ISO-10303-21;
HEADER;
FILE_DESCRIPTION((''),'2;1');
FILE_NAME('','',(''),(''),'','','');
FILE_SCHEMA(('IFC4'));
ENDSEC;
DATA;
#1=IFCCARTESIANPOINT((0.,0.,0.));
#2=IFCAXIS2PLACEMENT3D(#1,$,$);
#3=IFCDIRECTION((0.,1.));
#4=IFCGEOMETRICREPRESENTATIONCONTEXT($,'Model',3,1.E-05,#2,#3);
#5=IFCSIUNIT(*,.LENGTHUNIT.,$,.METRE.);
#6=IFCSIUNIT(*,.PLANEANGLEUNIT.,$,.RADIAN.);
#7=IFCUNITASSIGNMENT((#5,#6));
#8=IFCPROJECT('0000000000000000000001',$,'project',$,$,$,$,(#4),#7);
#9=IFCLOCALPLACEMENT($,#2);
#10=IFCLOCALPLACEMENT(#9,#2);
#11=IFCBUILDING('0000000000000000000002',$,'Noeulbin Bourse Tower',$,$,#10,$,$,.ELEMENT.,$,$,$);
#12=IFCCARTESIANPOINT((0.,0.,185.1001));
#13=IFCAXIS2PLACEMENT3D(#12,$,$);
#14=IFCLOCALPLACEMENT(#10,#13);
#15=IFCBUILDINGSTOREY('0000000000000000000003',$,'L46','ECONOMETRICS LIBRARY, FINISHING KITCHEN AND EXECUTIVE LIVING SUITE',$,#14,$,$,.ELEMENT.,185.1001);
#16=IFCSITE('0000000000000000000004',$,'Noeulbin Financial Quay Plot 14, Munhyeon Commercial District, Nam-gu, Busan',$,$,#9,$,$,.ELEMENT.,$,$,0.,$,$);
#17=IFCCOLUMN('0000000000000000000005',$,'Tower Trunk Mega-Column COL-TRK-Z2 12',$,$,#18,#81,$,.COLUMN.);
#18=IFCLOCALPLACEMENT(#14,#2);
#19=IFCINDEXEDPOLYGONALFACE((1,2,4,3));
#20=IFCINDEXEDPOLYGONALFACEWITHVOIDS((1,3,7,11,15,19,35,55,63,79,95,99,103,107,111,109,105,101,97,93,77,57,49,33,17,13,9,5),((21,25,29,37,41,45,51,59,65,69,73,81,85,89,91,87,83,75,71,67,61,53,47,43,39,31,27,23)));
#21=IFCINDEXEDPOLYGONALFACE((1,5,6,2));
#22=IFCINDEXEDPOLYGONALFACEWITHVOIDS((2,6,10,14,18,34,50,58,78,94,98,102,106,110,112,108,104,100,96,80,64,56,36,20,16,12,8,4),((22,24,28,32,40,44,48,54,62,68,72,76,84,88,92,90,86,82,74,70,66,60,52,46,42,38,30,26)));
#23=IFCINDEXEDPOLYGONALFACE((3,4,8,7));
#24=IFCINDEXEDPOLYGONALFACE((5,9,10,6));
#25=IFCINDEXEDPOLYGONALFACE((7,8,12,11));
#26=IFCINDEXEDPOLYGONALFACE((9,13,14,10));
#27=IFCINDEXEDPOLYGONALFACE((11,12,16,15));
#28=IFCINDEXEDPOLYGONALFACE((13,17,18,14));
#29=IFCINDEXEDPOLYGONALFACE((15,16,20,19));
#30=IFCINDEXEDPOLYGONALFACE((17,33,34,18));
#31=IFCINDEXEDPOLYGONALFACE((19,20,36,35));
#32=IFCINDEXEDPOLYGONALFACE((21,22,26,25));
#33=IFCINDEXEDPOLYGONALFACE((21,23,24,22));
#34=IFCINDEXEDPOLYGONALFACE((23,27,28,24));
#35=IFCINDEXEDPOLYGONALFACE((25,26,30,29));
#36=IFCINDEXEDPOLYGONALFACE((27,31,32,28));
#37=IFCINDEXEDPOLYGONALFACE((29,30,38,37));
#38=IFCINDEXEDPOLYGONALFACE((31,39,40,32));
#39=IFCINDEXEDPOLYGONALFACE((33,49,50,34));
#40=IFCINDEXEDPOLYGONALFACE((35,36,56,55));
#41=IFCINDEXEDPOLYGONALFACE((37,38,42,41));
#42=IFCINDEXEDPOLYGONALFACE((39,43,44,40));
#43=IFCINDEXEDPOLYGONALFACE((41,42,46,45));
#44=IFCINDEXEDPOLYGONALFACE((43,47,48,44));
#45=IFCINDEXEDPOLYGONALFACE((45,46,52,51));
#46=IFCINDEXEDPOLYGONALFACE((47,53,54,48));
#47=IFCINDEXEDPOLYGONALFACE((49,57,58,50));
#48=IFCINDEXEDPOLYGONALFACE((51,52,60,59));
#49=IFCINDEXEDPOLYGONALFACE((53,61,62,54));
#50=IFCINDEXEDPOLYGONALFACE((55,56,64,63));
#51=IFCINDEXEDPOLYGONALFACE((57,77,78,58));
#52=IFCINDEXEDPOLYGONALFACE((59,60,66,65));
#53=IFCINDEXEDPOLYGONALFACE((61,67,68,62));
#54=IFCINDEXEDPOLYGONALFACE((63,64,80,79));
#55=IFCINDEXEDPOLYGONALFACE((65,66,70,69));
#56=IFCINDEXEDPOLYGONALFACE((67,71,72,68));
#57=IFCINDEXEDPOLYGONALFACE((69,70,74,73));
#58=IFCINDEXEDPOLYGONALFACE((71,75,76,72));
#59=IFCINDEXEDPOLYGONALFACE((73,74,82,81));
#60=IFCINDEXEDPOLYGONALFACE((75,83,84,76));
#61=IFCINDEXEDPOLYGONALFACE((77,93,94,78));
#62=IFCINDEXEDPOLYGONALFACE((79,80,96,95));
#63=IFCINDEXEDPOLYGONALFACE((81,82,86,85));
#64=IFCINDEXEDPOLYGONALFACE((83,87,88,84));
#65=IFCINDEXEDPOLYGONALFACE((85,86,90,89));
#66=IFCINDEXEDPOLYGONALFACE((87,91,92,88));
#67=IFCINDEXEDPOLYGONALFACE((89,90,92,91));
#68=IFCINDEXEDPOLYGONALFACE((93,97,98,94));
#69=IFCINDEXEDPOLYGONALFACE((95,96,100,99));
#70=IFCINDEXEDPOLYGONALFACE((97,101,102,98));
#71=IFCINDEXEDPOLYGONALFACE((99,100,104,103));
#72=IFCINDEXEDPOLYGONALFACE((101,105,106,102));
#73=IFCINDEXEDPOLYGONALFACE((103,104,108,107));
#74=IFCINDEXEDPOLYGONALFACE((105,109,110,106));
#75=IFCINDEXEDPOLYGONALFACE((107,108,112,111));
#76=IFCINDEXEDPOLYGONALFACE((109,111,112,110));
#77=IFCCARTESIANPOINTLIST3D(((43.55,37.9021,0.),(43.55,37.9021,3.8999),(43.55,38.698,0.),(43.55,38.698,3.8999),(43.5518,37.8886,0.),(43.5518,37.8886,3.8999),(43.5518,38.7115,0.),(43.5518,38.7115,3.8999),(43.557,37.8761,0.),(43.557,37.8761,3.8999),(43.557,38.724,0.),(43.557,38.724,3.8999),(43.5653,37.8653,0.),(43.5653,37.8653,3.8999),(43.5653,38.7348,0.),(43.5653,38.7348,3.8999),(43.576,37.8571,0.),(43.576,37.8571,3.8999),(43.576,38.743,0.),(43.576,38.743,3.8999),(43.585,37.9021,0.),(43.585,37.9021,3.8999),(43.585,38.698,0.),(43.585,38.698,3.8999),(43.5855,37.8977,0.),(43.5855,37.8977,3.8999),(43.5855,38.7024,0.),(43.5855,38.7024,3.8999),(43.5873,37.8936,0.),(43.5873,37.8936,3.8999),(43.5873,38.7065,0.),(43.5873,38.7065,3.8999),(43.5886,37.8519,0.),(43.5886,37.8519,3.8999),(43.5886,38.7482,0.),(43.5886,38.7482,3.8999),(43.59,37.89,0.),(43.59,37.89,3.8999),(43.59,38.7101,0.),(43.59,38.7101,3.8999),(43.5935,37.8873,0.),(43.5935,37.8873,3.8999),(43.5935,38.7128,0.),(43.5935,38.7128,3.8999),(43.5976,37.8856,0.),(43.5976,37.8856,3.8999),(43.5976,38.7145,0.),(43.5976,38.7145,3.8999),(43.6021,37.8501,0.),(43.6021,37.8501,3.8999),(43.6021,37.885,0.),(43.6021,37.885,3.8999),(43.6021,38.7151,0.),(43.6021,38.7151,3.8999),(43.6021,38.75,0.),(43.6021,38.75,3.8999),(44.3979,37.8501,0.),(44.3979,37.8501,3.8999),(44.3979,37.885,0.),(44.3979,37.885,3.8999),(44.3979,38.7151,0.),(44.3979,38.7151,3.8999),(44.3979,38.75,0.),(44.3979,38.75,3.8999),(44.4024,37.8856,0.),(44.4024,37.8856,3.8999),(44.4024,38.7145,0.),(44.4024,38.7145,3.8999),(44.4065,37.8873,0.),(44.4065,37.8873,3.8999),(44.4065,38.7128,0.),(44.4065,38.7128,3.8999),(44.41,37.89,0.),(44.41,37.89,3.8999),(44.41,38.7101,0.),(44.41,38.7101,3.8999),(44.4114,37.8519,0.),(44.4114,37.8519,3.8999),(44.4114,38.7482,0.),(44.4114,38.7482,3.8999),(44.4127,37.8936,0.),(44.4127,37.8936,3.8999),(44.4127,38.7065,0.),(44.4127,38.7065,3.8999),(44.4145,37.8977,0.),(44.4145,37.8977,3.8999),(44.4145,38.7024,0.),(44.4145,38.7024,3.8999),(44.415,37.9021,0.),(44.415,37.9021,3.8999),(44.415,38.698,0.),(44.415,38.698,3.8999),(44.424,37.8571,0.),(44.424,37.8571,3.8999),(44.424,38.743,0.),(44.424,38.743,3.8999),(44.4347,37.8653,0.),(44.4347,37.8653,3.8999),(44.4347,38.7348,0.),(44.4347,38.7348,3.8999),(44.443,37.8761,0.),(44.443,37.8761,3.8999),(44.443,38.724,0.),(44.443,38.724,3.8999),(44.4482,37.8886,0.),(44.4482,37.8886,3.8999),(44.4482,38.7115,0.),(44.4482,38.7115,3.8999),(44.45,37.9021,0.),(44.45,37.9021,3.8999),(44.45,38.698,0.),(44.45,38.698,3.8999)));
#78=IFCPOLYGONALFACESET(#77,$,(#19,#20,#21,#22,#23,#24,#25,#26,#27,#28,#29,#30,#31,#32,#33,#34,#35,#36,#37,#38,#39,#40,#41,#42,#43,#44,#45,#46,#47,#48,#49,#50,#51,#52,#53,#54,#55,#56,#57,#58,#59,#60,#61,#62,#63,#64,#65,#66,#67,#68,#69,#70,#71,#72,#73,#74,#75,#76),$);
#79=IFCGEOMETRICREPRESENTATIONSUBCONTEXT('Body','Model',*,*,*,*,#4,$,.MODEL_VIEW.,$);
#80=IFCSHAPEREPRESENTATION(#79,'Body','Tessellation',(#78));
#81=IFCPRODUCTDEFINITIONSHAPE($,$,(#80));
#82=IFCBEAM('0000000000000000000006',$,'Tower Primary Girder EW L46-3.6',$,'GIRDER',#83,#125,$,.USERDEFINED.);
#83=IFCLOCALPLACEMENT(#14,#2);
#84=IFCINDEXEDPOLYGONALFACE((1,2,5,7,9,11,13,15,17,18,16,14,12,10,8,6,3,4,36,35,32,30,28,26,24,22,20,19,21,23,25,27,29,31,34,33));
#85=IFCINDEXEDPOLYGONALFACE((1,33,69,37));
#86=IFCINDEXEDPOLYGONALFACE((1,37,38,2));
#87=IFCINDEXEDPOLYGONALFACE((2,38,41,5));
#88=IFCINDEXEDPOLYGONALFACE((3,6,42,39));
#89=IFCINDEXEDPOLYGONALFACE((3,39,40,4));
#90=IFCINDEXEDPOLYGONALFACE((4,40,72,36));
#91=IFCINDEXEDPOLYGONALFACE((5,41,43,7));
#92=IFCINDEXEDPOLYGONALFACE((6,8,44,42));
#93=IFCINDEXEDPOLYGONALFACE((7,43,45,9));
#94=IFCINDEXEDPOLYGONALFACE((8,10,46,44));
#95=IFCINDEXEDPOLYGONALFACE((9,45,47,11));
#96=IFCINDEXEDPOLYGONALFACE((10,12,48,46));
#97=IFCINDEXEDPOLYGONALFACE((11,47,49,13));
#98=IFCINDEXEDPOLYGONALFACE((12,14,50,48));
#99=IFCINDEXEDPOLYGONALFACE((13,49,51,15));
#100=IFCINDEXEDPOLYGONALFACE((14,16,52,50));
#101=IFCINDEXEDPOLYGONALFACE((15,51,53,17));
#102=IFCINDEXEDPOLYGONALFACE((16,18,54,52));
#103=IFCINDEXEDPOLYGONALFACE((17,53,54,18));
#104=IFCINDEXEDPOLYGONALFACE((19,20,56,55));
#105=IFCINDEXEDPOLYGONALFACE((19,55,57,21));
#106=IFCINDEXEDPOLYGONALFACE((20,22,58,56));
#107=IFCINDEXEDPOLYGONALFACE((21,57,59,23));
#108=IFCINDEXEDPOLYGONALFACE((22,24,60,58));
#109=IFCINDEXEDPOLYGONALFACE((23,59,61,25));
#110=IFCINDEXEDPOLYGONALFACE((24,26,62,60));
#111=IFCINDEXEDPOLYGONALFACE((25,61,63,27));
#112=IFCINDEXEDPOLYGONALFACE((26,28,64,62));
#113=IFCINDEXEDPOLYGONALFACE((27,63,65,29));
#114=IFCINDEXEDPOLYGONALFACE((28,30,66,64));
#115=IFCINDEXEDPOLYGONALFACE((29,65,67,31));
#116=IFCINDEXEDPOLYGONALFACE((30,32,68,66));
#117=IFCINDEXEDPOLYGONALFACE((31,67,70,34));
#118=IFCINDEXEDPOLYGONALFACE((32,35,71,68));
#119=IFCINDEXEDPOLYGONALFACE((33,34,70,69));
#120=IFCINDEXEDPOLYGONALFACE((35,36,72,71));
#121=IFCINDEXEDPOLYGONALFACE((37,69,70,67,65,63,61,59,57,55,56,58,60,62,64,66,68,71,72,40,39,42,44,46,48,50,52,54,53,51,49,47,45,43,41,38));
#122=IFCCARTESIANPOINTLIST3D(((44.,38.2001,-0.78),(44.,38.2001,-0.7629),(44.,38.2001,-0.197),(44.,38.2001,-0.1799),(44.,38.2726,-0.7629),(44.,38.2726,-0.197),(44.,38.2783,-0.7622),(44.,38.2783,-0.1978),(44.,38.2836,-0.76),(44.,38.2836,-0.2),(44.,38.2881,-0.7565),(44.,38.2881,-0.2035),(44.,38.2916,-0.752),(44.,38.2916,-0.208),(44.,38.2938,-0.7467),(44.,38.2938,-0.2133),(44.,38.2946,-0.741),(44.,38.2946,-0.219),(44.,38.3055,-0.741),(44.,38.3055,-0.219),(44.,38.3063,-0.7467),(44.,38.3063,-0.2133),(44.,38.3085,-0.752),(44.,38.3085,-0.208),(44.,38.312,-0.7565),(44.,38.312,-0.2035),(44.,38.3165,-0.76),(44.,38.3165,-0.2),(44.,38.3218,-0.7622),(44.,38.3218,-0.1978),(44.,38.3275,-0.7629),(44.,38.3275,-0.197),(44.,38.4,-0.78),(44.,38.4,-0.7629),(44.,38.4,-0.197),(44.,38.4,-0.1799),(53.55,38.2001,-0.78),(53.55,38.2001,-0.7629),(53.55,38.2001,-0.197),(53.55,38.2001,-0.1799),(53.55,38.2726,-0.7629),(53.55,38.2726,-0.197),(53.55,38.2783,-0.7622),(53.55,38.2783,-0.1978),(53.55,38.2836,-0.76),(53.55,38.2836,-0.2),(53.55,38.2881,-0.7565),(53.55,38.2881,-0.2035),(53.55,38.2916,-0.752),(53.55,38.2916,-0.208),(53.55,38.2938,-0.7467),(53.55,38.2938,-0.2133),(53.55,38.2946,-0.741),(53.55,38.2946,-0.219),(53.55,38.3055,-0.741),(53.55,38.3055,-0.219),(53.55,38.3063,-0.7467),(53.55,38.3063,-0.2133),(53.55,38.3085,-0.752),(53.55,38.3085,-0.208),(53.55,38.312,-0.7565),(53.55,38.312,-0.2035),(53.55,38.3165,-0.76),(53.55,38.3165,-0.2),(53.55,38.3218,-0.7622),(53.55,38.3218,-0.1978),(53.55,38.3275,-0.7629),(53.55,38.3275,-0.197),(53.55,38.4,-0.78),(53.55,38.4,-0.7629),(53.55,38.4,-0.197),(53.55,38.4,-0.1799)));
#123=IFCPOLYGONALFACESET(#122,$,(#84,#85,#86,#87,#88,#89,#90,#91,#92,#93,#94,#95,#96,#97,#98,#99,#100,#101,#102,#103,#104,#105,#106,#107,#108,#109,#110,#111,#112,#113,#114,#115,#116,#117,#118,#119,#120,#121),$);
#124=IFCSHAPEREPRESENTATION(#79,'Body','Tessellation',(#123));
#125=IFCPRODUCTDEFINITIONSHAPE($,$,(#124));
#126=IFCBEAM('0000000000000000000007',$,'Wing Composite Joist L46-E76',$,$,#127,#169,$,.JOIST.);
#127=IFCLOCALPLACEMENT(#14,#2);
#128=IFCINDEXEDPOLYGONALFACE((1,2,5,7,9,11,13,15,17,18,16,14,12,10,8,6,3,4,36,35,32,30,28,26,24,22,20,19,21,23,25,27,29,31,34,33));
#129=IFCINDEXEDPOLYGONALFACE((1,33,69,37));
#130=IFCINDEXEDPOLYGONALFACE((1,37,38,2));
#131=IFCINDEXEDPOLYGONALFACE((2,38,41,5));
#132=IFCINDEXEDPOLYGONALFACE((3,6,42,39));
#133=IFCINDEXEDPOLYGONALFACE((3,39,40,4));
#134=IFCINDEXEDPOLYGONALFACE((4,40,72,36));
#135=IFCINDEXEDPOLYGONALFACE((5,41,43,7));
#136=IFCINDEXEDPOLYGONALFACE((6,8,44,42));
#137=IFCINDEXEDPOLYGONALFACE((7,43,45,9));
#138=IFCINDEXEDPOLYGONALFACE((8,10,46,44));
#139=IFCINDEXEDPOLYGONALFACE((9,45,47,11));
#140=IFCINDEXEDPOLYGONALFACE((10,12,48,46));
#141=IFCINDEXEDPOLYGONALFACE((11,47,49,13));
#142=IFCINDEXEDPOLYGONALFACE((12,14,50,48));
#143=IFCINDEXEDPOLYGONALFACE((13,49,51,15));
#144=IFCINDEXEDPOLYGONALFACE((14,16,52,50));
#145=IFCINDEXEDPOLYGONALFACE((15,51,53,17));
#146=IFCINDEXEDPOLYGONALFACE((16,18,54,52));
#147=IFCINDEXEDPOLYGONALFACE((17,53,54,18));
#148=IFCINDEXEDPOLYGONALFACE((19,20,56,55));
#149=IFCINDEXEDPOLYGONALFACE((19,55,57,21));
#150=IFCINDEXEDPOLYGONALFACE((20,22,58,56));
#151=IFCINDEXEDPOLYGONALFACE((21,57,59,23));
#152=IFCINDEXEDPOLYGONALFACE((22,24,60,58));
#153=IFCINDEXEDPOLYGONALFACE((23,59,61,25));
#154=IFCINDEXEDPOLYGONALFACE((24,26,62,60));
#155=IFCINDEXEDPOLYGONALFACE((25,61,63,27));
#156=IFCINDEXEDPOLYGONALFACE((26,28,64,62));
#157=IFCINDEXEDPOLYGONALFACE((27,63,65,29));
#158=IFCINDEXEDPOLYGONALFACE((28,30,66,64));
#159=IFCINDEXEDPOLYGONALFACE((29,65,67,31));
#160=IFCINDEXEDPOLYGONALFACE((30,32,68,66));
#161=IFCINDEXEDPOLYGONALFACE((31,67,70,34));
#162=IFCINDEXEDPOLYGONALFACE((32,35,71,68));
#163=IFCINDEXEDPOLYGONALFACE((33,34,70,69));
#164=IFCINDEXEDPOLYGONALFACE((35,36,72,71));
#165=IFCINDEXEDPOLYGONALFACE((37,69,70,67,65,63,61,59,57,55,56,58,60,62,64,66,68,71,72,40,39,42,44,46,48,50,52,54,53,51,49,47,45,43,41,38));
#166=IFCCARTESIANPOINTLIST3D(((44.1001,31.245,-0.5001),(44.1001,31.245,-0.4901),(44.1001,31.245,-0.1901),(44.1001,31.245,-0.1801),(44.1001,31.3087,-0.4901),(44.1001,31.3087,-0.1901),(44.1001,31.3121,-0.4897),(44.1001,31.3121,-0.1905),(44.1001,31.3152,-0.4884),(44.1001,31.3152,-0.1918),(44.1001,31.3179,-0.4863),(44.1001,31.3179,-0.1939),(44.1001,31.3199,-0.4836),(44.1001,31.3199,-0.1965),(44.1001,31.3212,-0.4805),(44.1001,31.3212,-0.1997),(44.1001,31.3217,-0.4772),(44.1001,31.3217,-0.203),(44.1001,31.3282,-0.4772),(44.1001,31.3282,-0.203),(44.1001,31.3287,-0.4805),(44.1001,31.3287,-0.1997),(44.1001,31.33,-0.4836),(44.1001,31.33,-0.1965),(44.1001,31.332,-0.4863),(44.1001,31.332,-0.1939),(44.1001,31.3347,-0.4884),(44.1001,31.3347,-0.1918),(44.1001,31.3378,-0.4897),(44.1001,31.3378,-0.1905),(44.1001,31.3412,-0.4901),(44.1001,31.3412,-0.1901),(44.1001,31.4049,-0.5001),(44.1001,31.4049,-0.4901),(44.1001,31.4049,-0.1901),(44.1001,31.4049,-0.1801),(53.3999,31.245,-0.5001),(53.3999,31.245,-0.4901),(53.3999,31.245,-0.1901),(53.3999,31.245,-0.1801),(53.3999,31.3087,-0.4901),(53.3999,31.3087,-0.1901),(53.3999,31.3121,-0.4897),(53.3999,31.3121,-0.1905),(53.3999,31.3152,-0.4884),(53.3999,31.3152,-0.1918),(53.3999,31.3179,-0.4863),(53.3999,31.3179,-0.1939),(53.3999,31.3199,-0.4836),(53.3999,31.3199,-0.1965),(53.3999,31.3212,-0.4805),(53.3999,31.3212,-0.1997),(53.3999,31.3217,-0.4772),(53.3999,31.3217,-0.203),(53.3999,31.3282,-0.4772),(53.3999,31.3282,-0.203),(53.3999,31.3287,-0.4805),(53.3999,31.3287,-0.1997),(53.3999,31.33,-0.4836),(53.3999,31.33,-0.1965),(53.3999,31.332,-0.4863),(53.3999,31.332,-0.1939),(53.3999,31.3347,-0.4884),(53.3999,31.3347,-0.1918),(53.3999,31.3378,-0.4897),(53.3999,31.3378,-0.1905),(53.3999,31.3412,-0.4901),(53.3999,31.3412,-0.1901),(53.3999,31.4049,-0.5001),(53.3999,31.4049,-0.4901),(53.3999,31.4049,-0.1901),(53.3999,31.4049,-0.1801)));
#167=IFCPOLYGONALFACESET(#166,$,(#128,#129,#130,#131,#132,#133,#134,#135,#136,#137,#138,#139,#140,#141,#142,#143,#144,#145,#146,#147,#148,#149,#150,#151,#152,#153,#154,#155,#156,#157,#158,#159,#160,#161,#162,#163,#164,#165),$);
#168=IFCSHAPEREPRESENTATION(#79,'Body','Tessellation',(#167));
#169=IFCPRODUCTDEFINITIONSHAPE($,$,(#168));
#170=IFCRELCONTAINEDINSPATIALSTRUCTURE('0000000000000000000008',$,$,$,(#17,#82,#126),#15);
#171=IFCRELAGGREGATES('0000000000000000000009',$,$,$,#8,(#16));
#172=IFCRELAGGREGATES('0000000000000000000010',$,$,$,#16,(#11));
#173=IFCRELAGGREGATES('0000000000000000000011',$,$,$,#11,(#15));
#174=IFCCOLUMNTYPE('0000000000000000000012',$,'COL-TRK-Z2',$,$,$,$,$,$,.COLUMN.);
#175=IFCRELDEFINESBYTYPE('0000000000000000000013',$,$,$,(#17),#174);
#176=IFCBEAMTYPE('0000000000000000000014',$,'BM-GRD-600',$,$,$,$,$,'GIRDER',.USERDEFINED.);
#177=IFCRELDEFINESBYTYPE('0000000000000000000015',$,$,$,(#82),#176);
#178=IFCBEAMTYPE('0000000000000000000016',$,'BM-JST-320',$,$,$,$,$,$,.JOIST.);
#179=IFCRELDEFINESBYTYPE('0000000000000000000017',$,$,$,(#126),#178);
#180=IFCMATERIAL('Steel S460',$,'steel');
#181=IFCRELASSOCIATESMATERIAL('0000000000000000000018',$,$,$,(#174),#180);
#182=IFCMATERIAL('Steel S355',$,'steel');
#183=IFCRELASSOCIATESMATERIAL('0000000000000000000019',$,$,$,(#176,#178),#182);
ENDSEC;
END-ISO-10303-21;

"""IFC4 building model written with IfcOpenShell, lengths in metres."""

from ifc_helpers import new_model, si_unit, direction, frame, origin, origin_2d, place, context, subcontext, project, spatial, hollow_rectangle, i_section, extrude, material, material_profile, profile_set, type_object, element, save


model = new_model("IFC4")

# Units and contexts
model_context = context("Model", 3, precision=1e-05, world=origin(), true_north=direction((0.0, 1.0)))
body_context = subcontext(model_context, "Body", "Model", "MODEL_VIEW")
ifc_project = project(units=[si_unit("LENGTHUNIT", "METRE"), si_unit("PLANEANGLEUNIT", "RADIAN")], contexts=[model_context])

# Site, building, storey
site_placement = place(None, origin())
site = spatial("IfcSite", under=ifc_project, at=site_placement, Name="Noeulbin Financial Quay Plot 14, Munhyeon Commercial District, Nam-gu, Busan", CompositionType="ELEMENT", RefElevation=0.0)
building_placement = place(site_placement, origin())
building = spatial("IfcBuilding", under=site, at=building_placement, Name="Noeulbin Bourse Tower", CompositionType="ELEMENT")
storey_placement = place(building_placement, frame((0.0, 0.0, 185.1001)))
storey = spatial("IfcBuildingStorey", under=building, at=storey_placement, Name="L46", Description="ECONOMETRICS LIBRARY, FINISHING KITCHEN AND EXECUTIVE LIVING SUITE", CompositionType="ELEMENT", Elevation=185.1001)

# Column
ifc_material_1 = material(Name="Steel S460", Category="steel")
ifc_material_profile_1 = material_profile(ifc_material_1, hollow_rectangle(XDim=0.8999, YDim=0.8999, WallThickness=0.0349, InnerFilletRadius=0.0171, OuterFilletRadius=0.052, at=origin_2d()), Name="BOX-900x900x35", Category="LoadBearing")
ifc_profile_set_1 = profile_set([ifc_material_profile_1], Name="Steel S460")
column_type = type_object("IfcColumnType", Name="COL-TRK-Z2", PredefinedType="COLUMN", material=ifc_profile_set_1)
column_placement = place(storey_placement, frame((44.0, 38.3, 0.0), z_axis=(0.0, 0.0, 1.0), x_axis=(1.0, 0.0, 0.0)))
element("IfcColumn", 1, at=column_placement, inside=storey, type_object=column_type, Name="Tower Trunk Mega-Column COL-TRK-Z2 12", PredefinedType="COLUMN", context=body_context, shape_type="SweptSolid", body=[
    extrude(hollow_rectangle(XDim=0.8999, YDim=0.8999, WallThickness=0.0349, InnerFilletRadius=0.0171, OuterFilletRadius=0.052, at=origin_2d()), origin(), (0.0, 0.0, 1.0), 3.8999),
])

# Beams
ifc_material_2 = material(Name="Steel S355", Category="steel")
ifc_material_profile_2 = material_profile(ifc_material_2, i_section(OverallWidth=0.2, OverallDepth=0.6001, WebThickness=0.011, FlangeThickness=0.0171, FilletRadius=0.022, at=origin_2d()), Name="H-600x200x11x17", Category="LoadBearing")
ifc_profile_set_2 = profile_set([ifc_material_profile_2], Name="Steel S355")
beam_type_1 = type_object("IfcBeamType", Name="BM-GRD-600", ElementType="GIRDER", PredefinedType="USERDEFINED", material=ifc_profile_set_2)
beam_1_placement = place(storey_placement, frame((44.0, 38.3, -0.48), z_axis=(1.0, 0.0, 0.0), x_axis=(0.0, 1.0, 0.0)))
element("IfcBeam", 2, at=beam_1_placement, inside=storey, type_object=beam_type_1, Name="Tower Primary Girder EW L46-3.6", ObjectType="GIRDER", PredefinedType="USERDEFINED", context=body_context, shape_type="SweptSolid", body=[
    extrude(i_section(OverallWidth=0.2, OverallDepth=0.6001, WebThickness=0.011, FlangeThickness=0.0171, FilletRadius=0.022, at=origin_2d()), origin(), (0.0, 0.0, 1.0), 9.55),
])
ifc_material_profile_3 = material_profile(ifc_material_2, i_section(OverallWidth=0.1599, OverallDepth=0.3201, WebThickness=0.0066, FlangeThickness=0.01, FilletRadius=0.0129, at=origin_2d()), Name="H-320x160x6.5x10", Category="LoadBearing")
ifc_profile_set_3 = profile_set([ifc_material_profile_3], Name="Steel S355")
beam_type_2 = type_object("IfcBeamType", Name="BM-JST-320", PredefinedType="JOIST", material=ifc_profile_set_3)
for number, where, z_axis, x_axis, name in (
    (3, (44.1001, 31.325, -0.3401), (1.0, 0.0, 0.0), (0.0, 1.0, 0.0), "Wing Composite Joist L46-E76"),
):
    element("IfcBeam", number, at=place(storey_placement, frame(where, z_axis=z_axis, x_axis=x_axis)), inside=storey, type_object=beam_type_2, Name=name, PredefinedType="JOIST", context=body_context, shape_type="SweptSolid", body=[
        extrude(i_section(OverallWidth=0.1599, OverallDepth=0.3201, WebThickness=0.0066, FlangeThickness=0.01, FilletRadius=0.0129, at=origin_2d()), origin(), (0.0, 0.0, 1.0), 9.2998),
    ])

save(model, "model.ifc")
